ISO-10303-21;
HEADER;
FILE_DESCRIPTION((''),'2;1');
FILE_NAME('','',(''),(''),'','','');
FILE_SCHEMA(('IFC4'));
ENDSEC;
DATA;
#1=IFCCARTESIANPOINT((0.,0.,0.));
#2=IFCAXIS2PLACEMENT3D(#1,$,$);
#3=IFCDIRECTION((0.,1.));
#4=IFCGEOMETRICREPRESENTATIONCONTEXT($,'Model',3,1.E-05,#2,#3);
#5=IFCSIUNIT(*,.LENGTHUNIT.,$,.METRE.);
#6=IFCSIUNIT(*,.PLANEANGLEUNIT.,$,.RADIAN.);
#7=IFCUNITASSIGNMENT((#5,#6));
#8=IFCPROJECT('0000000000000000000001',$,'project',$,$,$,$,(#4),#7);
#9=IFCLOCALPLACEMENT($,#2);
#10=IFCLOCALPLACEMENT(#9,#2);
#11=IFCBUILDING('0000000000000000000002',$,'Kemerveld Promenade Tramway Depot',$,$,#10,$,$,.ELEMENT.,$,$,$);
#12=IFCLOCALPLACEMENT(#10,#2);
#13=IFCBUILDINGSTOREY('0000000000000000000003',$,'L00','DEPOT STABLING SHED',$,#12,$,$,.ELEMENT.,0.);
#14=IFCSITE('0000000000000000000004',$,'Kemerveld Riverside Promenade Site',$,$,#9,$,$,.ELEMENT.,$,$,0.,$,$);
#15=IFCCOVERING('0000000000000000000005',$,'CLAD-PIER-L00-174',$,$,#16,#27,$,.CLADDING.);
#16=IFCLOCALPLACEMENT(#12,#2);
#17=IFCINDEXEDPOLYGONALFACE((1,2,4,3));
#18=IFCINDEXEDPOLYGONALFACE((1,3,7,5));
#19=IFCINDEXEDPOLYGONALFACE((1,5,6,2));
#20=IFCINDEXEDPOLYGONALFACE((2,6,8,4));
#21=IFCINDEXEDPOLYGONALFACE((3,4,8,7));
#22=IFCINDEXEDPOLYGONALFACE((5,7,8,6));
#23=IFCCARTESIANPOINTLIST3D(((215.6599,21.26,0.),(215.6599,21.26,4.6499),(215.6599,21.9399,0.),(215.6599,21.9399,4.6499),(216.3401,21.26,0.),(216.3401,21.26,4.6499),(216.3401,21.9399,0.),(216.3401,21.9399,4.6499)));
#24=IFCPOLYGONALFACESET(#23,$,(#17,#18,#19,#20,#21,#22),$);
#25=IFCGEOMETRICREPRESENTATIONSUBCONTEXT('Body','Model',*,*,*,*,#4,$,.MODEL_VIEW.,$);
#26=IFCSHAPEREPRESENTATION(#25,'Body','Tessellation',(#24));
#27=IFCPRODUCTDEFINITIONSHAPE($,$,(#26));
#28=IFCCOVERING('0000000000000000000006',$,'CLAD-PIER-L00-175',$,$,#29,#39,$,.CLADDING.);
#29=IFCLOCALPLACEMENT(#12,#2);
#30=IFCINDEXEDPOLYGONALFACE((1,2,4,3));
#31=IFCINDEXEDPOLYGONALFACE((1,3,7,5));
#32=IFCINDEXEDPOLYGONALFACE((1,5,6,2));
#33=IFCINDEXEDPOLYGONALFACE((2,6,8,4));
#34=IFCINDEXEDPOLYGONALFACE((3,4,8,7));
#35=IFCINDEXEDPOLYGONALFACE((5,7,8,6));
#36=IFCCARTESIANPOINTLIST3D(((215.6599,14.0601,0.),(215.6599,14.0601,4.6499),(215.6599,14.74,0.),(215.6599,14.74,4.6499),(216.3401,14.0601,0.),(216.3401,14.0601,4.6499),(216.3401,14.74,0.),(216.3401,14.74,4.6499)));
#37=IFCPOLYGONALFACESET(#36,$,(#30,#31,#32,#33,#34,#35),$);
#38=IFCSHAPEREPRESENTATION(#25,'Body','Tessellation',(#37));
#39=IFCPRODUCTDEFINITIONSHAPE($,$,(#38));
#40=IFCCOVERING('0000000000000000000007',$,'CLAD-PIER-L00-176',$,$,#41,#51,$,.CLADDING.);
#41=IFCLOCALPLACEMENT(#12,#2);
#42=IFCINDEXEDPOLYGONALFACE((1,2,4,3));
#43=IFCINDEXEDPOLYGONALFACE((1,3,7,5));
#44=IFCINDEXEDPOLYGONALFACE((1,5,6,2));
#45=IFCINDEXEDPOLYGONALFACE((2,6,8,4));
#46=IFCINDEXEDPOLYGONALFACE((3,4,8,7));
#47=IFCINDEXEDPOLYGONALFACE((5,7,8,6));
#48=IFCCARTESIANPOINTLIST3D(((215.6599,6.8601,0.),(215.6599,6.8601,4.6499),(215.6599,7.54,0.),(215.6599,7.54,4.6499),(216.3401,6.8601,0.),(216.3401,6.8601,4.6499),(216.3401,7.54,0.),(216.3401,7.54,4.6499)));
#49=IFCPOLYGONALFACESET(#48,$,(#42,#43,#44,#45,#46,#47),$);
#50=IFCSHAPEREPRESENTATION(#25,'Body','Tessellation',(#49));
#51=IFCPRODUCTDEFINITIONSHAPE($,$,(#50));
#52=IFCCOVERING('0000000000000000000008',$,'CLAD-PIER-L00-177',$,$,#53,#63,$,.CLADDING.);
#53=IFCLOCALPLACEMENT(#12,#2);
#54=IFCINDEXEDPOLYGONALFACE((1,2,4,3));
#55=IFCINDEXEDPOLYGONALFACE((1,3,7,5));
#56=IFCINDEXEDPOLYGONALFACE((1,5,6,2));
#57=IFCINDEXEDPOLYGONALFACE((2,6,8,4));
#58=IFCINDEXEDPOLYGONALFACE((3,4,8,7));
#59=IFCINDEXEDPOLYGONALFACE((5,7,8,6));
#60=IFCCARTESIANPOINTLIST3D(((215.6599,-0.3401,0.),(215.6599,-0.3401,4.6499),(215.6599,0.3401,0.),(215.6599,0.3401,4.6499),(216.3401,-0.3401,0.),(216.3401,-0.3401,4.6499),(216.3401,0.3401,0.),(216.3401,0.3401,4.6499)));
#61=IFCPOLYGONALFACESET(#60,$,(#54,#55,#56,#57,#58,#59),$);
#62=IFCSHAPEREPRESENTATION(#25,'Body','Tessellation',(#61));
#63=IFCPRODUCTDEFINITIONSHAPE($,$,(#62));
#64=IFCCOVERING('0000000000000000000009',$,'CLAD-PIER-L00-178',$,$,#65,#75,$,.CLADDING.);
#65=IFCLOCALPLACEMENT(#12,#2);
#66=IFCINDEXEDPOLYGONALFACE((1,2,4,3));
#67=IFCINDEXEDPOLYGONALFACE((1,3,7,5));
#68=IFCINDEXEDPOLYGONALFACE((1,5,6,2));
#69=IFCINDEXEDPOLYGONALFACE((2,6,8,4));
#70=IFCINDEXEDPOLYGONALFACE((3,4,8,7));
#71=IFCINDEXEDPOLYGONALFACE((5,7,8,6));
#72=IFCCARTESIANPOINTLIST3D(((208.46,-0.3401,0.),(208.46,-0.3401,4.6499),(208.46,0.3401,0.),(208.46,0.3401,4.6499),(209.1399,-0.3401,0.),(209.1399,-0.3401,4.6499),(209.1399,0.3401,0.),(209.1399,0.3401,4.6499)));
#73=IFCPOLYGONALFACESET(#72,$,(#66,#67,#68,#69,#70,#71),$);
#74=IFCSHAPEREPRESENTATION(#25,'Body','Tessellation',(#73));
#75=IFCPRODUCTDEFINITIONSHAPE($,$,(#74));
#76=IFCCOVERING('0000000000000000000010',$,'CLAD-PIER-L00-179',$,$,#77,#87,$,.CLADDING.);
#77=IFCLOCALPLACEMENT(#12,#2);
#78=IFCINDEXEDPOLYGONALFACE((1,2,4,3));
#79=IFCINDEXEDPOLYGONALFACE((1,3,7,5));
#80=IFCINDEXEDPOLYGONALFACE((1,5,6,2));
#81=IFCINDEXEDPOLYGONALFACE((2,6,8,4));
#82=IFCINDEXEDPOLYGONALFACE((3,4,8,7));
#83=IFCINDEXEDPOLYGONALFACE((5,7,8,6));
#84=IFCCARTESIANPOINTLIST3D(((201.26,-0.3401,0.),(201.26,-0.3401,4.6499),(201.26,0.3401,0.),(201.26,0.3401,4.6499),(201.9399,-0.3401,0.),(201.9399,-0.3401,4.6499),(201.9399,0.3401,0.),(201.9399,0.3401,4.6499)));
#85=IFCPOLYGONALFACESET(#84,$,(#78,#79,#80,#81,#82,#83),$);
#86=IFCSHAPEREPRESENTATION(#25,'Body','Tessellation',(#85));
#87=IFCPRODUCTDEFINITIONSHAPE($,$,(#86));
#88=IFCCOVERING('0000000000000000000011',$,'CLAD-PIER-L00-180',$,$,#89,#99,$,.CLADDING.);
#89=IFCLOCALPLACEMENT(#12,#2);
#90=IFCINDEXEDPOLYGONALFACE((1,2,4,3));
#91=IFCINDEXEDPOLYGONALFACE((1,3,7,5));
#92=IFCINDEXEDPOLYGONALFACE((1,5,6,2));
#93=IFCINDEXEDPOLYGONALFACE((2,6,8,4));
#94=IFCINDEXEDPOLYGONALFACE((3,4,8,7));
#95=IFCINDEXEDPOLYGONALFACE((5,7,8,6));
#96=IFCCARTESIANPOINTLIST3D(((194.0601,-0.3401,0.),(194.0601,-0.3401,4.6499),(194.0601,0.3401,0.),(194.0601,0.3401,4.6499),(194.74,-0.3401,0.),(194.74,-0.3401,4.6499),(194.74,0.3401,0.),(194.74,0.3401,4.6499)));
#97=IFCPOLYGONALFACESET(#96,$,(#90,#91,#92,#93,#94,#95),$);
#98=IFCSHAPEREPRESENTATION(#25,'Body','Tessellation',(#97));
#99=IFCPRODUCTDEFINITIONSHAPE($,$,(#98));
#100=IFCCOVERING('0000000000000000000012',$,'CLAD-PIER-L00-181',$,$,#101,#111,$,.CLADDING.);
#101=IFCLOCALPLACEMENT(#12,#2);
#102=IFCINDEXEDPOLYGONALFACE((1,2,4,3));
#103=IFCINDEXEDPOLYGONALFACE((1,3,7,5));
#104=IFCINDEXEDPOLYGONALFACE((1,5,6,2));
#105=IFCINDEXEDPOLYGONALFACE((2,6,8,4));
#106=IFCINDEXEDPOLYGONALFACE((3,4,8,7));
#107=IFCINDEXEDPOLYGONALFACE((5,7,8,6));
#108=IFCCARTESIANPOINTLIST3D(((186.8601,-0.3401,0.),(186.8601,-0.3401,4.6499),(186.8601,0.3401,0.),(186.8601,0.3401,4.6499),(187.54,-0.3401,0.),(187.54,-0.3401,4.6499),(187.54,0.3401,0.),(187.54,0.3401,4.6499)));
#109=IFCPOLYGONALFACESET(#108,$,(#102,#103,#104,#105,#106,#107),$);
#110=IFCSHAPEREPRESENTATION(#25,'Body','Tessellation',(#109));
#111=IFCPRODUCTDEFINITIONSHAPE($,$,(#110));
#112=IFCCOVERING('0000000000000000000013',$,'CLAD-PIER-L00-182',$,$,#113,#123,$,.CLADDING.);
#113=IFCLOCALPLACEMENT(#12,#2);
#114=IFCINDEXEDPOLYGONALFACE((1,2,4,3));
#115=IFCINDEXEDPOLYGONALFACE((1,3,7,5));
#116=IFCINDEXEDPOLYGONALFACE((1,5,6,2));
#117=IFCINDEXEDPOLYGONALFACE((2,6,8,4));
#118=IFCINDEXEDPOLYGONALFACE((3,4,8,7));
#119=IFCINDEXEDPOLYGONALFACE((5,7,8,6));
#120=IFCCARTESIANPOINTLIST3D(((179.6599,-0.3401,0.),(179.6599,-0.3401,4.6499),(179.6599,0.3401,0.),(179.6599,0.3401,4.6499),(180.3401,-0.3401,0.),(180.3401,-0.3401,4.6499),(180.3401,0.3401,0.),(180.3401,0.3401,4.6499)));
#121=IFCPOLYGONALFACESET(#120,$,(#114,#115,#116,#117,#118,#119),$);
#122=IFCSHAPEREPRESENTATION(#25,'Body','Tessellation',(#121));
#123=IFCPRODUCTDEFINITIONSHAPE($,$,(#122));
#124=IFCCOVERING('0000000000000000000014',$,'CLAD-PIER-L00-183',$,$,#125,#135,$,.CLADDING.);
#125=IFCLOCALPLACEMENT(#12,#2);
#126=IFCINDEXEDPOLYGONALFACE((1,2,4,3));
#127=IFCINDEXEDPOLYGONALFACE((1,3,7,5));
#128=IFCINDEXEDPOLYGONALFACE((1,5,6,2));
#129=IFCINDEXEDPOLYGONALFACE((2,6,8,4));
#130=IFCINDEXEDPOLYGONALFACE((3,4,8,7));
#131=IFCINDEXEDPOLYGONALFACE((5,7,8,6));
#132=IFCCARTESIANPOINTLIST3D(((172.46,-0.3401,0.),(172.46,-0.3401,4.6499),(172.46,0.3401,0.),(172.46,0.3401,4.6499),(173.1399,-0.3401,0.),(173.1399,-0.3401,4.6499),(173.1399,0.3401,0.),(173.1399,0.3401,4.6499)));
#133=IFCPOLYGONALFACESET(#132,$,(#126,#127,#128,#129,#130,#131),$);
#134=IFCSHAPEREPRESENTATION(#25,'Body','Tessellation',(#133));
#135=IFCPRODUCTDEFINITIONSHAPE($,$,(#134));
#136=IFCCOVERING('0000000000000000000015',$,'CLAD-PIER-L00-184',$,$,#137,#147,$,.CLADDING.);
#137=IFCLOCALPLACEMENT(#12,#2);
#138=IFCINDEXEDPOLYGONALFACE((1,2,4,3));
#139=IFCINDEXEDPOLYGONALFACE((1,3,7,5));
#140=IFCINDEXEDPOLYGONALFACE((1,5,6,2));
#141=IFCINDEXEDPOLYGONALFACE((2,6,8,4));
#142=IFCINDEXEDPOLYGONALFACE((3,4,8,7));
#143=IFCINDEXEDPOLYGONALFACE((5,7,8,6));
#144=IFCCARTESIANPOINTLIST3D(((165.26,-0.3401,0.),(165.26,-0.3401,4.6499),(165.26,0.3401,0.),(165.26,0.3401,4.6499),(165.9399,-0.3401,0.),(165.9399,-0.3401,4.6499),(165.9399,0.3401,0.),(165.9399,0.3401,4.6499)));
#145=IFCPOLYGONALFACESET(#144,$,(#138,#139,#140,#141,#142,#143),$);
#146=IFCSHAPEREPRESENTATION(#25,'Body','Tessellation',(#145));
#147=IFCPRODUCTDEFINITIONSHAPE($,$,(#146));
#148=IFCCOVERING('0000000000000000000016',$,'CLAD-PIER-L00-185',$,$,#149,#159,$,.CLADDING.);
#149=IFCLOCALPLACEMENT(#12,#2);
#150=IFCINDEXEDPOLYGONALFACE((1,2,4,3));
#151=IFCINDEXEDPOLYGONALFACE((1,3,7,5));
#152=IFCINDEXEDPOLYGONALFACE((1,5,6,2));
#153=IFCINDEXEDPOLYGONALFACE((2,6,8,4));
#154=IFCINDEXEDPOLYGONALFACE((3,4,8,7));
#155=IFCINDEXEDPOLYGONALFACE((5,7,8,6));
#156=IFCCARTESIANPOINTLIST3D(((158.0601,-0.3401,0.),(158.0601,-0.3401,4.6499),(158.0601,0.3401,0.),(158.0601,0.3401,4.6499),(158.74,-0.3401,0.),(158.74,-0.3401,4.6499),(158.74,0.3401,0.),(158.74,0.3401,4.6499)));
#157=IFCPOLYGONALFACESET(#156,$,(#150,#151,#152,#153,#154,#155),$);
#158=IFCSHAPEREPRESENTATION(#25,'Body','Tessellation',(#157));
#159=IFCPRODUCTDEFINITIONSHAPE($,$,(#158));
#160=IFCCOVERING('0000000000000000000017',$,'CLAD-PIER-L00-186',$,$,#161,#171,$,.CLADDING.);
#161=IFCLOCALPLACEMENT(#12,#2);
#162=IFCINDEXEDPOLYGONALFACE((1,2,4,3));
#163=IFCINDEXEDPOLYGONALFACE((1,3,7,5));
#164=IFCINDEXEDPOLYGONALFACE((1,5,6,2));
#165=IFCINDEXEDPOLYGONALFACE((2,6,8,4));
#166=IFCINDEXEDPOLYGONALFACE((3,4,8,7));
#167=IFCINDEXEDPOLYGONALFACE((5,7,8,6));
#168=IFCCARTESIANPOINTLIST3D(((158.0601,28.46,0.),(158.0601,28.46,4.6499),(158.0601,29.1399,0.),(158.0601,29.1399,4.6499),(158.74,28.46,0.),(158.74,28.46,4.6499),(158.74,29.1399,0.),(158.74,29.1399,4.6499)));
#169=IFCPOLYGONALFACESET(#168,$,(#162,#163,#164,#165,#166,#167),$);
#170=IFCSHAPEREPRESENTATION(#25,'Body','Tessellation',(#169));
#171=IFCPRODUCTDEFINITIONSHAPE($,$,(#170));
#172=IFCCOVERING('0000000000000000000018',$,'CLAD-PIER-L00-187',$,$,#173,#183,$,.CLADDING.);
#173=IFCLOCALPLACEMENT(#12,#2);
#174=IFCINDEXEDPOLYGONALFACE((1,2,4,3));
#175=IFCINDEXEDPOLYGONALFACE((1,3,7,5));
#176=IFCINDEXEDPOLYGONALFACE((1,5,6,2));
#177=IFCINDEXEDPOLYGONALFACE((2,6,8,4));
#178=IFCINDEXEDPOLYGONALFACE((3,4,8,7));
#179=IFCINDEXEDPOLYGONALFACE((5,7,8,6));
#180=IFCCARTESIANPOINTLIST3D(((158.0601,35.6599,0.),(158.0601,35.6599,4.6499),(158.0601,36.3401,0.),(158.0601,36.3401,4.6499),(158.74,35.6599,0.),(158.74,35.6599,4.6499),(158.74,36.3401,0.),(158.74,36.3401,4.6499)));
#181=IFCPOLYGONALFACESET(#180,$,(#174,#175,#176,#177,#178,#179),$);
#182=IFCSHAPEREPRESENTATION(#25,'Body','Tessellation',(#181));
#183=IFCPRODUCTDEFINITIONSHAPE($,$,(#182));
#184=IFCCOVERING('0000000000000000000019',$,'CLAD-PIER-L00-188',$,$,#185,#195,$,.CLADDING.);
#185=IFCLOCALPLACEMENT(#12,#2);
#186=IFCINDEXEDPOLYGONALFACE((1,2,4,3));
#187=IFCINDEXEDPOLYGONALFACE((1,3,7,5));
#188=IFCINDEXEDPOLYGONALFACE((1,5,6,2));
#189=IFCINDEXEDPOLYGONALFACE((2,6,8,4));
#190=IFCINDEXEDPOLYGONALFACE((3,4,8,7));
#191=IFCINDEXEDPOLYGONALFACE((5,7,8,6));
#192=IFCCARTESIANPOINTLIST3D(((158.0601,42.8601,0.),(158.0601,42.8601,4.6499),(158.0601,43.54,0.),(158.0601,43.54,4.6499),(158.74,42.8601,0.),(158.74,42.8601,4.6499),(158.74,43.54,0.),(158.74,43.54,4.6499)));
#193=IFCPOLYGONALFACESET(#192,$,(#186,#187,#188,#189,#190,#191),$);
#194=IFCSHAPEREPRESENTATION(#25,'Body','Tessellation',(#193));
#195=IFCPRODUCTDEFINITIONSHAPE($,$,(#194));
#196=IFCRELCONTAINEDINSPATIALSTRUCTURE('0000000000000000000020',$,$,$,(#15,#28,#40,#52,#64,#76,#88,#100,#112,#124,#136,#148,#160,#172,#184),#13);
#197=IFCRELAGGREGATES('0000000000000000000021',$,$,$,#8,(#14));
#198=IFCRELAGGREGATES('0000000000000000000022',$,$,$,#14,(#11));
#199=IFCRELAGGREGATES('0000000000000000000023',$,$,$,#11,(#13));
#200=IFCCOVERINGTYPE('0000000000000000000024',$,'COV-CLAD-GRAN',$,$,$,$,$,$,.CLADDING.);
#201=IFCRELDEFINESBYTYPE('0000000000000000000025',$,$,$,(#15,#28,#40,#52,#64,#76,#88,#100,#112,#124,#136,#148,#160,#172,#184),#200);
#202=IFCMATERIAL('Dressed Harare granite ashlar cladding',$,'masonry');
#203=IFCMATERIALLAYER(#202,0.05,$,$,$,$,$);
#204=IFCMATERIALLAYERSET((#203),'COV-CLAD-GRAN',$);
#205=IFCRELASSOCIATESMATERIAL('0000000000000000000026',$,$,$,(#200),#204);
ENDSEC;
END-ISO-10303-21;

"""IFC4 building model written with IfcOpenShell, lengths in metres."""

from ifc_helpers import new_model, si_unit, direction, origin, place, context, subcontext, project, spatial, polyline, outline, extrude, material, layer, layer_set, type_object, element, save


model = new_model("IFC4")

# Units and contexts
model_context = context("Model", 3, precision=1e-05, world=origin(), true_north=direction((0.0, 1.0)))
body_context = subcontext(model_context, "Body", "Model", "MODEL_VIEW")
ifc_project = project(units=[si_unit("LENGTHUNIT", "METRE"), si_unit("PLANEANGLEUNIT", "RADIAN")], contexts=[model_context])

# Site, building, storey
site_placement = place(None, origin())
site = spatial("IfcSite", under=ifc_project, at=site_placement, Name="Kemerveld Riverside Promenade Site", CompositionType="ELEMENT", RefElevation=0.0)
building_placement = place(site_placement, origin())
building = spatial("IfcBuilding", under=site, at=building_placement, Name="Kemerveld Promenade Tramway Depot", CompositionType="ELEMENT")
storey_placement = place(building_placement, origin())
storey = spatial("IfcBuildingStorey", under=building, at=storey_placement, Name="L00", Description="DEPOT STABLING SHED", CompositionType="ELEMENT", Elevation=0.0)

# Coverings
ifc_material_1 = material(Name="Dressed Harare granite ashlar cladding", Category="masonry")
ifc_layer_1 = layer(ifc_material_1, 0.05)
ifc_layer_set_1 = layer_set([ifc_layer_1], Name="COV-CLAD-GRAN")
covering_type_1 = type_object("IfcCoveringType", Name="COV-CLAD-GRAN", PredefinedType="CLADDING", material=ifc_layer_set_1)
covering_1_placement = place(storey_placement, origin())
element("IfcCovering", 1, at=covering_1_placement, inside=storey, type_object=covering_type_1, Name="CLAD-PIER-L00-174", PredefinedType="CLADDING", context=body_context, shape_type="SweptSolid", body=[
    extrude(outline(polyline([(215.6599, 21.26), (216.3401, 21.26), (216.3401, 21.9399), (215.6599, 21.9399), (215.6599, 21.26)])), origin(), (0.0, 0.0, 1.0), 4.6499),
])
covering_2_placement = place(storey_placement, origin())
element("IfcCovering", 2, at=covering_2_placement, inside=storey, type_object=covering_type_1, Name="CLAD-PIER-L00-175", PredefinedType="CLADDING", context=body_context, shape_type="SweptSolid", body=[
    extrude(outline(polyline([(215.6599, 14.0601), (216.3401, 14.0601), (216.3401, 14.74), (215.6599, 14.74), (215.6599, 14.0601)])), origin(), (0.0, 0.0, 1.0), 4.6499),
])
covering_3_placement = place(storey_placement, origin())
element("IfcCovering", 3, at=covering_3_placement, inside=storey, type_object=covering_type_1, Name="CLAD-PIER-L00-176", PredefinedType="CLADDING", context=body_context, shape_type="SweptSolid", body=[
    extrude(outline(polyline([(215.6599, 6.8601), (216.3401, 6.8601), (216.3401, 7.54), (215.6599, 7.54), (215.6599, 6.8601)])), origin(), (0.0, 0.0, 1.0), 4.6499),
])
covering_4_placement = place(storey_placement, origin())
element("IfcCovering", 4, at=covering_4_placement, inside=storey, type_object=covering_type_1, Name="CLAD-PIER-L00-177", PredefinedType="CLADDING", context=body_context, shape_type="SweptSolid", body=[
    extrude(outline(polyline([(215.6599, -0.3401), (216.3401, -0.3401), (216.3401, 0.3401), (215.6599, 0.3401), (215.6599, -0.3401)])), origin(), (0.0, 0.0, 1.0), 4.6499),
])
covering_5_placement = place(storey_placement, origin())
element("IfcCovering", 5, at=covering_5_placement, inside=storey, type_object=covering_type_1, Name="CLAD-PIER-L00-178", PredefinedType="CLADDING", context=body_context, shape_type="SweptSolid", body=[
    extrude(outline(polyline([(208.46, -0.3401), (209.1399, -0.3401), (209.1399, 0.3401), (208.46, 0.3401), (208.46, -0.3401)])), origin(), (0.0, 0.0, 1.0), 4.6499),
])
covering_6_placement = place(storey_placement, origin())
element("IfcCovering", 6, at=covering_6_placement, inside=storey, type_object=covering_type_1, Name="CLAD-PIER-L00-179", PredefinedType="CLADDING", context=body_context, shape_type="SweptSolid", body=[
    extrude(outline(polyline([(201.26, -0.3401), (201.9399, -0.3401), (201.9399, 0.3401), (201.26, 0.3401), (201.26, -0.3401)])), origin(), (0.0, 0.0, 1.0), 4.6499),
])
covering_7_placement = place(storey_placement, origin())
element("IfcCovering", 7, at=covering_7_placement, inside=storey, type_object=covering_type_1, Name="CLAD-PIER-L00-180", PredefinedType="CLADDING", context=body_context, shape_type="SweptSolid", body=[
    extrude(outline(polyline([(194.0601, -0.3401), (194.74, -0.3401), (194.74, 0.3401), (194.0601, 0.3401), (194.0601, -0.3401)])), origin(), (0.0, 0.0, 1.0), 4.6499),
])
covering_8_placement = place(storey_placement, origin())
element("IfcCovering", 8, at=covering_8_placement, inside=storey, type_object=covering_type_1, Name="CLAD-PIER-L00-181", PredefinedType="CLADDING", context=body_context, shape_type="SweptSolid", body=[
    extrude(outline(polyline([(186.8601, -0.3401), (187.54, -0.3401), (187.54, 0.3401), (186.8601, 0.3401), (186.8601, -0.3401)])), origin(), (0.0, 0.0, 1.0), 4.6499),
])
covering_9_placement = place(storey_placement, origin())
element("IfcCovering", 9, at=covering_9_placement, inside=storey, type_object=covering_type_1, Name="CLAD-PIER-L00-182", PredefinedType="CLADDING", context=body_context, shape_type="SweptSolid", body=[
    extrude(outline(polyline([(179.6599, -0.3401), (180.3401, -0.3401), (180.3401, 0.3401), (179.6599, 0.3401), (179.6599, -0.3401)])), origin(), (0.0, 0.0, 1.0), 4.6499),
])
covering_10_placement = place(storey_placement, origin())
element("IfcCovering", 10, at=covering_10_placement, inside=storey, type_object=covering_type_1, Name="CLAD-PIER-L00-183", PredefinedType="CLADDING", context=body_context, shape_type="SweptSolid", body=[
    extrude(outline(polyline([(172.46, -0.3401), (173.1399, -0.3401), (173.1399, 0.3401), (172.46, 0.3401), (172.46, -0.3401)])), origin(), (0.0, 0.0, 1.0), 4.6499),
])
covering_11_placement = place(storey_placement, origin())
element("IfcCovering", 11, at=covering_11_placement, inside=storey, type_object=covering_type_1, Name="CLAD-PIER-L00-184", PredefinedType="CLADDING", context=body_context, shape_type="SweptSolid", body=[
    extrude(outline(polyline([(165.26, -0.3401), (165.9399, -0.3401), (165.9399, 0.3401), (165.26, 0.3401), (165.26, -0.3401)])), origin(), (0.0, 0.0, 1.0), 4.6499),
])
covering_12_placement = place(storey_placement, origin())
element("IfcCovering", 12, at=covering_12_placement, inside=storey, type_object=covering_type_1, Name="CLAD-PIER-L00-185", PredefinedType="CLADDING", context=body_context, shape_type="SweptSolid", body=[
    extrude(outline(polyline([(158.0601, -0.3401), (158.74, -0.3401), (158.74, 0.3401), (158.0601, 0.3401), (158.0601, -0.3401)])), origin(), (0.0, 0.0, 1.0), 4.6499),
])
covering_13_placement = place(storey_placement, origin())
element("IfcCovering", 13, at=covering_13_placement, inside=storey, type_object=covering_type_1, Name="CLAD-PIER-L00-186", PredefinedType="CLADDING", context=body_context, shape_type="SweptSolid", body=[
    extrude(outline(polyline([(158.0601, 28.46), (158.74, 28.46), (158.74, 29.1399), (158.0601, 29.1399), (158.0601, 28.46)])), origin(), (0.0, 0.0, 1.0), 4.6499),
])
covering_14_placement = place(storey_placement, origin())
element("IfcCovering", 14, at=covering_14_placement, inside=storey, type_object=covering_type_1, Name="CLAD-PIER-L00-187", PredefinedType="CLADDING", context=body_context, shape_type="SweptSolid", body=[
    extrude(outline(polyline([(158.0601, 35.6599), (158.74, 35.6599), (158.74, 36.3401), (158.0601, 36.3401), (158.0601, 35.6599)])), origin(), (0.0, 0.0, 1.0), 4.6499),
])
covering_15_placement = place(storey_placement, origin())
element("IfcCovering", 15, at=covering_15_placement, inside=storey, type_object=covering_type_1, Name="CLAD-PIER-L00-188", PredefinedType="CLADDING", context=body_context, shape_type="SweptSolid", body=[
    extrude(outline(polyline([(158.0601, 42.8601), (158.74, 42.8601), (158.74, 43.54), (158.0601, 43.54), (158.0601, 42.8601)])), origin(), (0.0, 0.0, 1.0), 4.6499),
])

save(model, "model.ifc")
